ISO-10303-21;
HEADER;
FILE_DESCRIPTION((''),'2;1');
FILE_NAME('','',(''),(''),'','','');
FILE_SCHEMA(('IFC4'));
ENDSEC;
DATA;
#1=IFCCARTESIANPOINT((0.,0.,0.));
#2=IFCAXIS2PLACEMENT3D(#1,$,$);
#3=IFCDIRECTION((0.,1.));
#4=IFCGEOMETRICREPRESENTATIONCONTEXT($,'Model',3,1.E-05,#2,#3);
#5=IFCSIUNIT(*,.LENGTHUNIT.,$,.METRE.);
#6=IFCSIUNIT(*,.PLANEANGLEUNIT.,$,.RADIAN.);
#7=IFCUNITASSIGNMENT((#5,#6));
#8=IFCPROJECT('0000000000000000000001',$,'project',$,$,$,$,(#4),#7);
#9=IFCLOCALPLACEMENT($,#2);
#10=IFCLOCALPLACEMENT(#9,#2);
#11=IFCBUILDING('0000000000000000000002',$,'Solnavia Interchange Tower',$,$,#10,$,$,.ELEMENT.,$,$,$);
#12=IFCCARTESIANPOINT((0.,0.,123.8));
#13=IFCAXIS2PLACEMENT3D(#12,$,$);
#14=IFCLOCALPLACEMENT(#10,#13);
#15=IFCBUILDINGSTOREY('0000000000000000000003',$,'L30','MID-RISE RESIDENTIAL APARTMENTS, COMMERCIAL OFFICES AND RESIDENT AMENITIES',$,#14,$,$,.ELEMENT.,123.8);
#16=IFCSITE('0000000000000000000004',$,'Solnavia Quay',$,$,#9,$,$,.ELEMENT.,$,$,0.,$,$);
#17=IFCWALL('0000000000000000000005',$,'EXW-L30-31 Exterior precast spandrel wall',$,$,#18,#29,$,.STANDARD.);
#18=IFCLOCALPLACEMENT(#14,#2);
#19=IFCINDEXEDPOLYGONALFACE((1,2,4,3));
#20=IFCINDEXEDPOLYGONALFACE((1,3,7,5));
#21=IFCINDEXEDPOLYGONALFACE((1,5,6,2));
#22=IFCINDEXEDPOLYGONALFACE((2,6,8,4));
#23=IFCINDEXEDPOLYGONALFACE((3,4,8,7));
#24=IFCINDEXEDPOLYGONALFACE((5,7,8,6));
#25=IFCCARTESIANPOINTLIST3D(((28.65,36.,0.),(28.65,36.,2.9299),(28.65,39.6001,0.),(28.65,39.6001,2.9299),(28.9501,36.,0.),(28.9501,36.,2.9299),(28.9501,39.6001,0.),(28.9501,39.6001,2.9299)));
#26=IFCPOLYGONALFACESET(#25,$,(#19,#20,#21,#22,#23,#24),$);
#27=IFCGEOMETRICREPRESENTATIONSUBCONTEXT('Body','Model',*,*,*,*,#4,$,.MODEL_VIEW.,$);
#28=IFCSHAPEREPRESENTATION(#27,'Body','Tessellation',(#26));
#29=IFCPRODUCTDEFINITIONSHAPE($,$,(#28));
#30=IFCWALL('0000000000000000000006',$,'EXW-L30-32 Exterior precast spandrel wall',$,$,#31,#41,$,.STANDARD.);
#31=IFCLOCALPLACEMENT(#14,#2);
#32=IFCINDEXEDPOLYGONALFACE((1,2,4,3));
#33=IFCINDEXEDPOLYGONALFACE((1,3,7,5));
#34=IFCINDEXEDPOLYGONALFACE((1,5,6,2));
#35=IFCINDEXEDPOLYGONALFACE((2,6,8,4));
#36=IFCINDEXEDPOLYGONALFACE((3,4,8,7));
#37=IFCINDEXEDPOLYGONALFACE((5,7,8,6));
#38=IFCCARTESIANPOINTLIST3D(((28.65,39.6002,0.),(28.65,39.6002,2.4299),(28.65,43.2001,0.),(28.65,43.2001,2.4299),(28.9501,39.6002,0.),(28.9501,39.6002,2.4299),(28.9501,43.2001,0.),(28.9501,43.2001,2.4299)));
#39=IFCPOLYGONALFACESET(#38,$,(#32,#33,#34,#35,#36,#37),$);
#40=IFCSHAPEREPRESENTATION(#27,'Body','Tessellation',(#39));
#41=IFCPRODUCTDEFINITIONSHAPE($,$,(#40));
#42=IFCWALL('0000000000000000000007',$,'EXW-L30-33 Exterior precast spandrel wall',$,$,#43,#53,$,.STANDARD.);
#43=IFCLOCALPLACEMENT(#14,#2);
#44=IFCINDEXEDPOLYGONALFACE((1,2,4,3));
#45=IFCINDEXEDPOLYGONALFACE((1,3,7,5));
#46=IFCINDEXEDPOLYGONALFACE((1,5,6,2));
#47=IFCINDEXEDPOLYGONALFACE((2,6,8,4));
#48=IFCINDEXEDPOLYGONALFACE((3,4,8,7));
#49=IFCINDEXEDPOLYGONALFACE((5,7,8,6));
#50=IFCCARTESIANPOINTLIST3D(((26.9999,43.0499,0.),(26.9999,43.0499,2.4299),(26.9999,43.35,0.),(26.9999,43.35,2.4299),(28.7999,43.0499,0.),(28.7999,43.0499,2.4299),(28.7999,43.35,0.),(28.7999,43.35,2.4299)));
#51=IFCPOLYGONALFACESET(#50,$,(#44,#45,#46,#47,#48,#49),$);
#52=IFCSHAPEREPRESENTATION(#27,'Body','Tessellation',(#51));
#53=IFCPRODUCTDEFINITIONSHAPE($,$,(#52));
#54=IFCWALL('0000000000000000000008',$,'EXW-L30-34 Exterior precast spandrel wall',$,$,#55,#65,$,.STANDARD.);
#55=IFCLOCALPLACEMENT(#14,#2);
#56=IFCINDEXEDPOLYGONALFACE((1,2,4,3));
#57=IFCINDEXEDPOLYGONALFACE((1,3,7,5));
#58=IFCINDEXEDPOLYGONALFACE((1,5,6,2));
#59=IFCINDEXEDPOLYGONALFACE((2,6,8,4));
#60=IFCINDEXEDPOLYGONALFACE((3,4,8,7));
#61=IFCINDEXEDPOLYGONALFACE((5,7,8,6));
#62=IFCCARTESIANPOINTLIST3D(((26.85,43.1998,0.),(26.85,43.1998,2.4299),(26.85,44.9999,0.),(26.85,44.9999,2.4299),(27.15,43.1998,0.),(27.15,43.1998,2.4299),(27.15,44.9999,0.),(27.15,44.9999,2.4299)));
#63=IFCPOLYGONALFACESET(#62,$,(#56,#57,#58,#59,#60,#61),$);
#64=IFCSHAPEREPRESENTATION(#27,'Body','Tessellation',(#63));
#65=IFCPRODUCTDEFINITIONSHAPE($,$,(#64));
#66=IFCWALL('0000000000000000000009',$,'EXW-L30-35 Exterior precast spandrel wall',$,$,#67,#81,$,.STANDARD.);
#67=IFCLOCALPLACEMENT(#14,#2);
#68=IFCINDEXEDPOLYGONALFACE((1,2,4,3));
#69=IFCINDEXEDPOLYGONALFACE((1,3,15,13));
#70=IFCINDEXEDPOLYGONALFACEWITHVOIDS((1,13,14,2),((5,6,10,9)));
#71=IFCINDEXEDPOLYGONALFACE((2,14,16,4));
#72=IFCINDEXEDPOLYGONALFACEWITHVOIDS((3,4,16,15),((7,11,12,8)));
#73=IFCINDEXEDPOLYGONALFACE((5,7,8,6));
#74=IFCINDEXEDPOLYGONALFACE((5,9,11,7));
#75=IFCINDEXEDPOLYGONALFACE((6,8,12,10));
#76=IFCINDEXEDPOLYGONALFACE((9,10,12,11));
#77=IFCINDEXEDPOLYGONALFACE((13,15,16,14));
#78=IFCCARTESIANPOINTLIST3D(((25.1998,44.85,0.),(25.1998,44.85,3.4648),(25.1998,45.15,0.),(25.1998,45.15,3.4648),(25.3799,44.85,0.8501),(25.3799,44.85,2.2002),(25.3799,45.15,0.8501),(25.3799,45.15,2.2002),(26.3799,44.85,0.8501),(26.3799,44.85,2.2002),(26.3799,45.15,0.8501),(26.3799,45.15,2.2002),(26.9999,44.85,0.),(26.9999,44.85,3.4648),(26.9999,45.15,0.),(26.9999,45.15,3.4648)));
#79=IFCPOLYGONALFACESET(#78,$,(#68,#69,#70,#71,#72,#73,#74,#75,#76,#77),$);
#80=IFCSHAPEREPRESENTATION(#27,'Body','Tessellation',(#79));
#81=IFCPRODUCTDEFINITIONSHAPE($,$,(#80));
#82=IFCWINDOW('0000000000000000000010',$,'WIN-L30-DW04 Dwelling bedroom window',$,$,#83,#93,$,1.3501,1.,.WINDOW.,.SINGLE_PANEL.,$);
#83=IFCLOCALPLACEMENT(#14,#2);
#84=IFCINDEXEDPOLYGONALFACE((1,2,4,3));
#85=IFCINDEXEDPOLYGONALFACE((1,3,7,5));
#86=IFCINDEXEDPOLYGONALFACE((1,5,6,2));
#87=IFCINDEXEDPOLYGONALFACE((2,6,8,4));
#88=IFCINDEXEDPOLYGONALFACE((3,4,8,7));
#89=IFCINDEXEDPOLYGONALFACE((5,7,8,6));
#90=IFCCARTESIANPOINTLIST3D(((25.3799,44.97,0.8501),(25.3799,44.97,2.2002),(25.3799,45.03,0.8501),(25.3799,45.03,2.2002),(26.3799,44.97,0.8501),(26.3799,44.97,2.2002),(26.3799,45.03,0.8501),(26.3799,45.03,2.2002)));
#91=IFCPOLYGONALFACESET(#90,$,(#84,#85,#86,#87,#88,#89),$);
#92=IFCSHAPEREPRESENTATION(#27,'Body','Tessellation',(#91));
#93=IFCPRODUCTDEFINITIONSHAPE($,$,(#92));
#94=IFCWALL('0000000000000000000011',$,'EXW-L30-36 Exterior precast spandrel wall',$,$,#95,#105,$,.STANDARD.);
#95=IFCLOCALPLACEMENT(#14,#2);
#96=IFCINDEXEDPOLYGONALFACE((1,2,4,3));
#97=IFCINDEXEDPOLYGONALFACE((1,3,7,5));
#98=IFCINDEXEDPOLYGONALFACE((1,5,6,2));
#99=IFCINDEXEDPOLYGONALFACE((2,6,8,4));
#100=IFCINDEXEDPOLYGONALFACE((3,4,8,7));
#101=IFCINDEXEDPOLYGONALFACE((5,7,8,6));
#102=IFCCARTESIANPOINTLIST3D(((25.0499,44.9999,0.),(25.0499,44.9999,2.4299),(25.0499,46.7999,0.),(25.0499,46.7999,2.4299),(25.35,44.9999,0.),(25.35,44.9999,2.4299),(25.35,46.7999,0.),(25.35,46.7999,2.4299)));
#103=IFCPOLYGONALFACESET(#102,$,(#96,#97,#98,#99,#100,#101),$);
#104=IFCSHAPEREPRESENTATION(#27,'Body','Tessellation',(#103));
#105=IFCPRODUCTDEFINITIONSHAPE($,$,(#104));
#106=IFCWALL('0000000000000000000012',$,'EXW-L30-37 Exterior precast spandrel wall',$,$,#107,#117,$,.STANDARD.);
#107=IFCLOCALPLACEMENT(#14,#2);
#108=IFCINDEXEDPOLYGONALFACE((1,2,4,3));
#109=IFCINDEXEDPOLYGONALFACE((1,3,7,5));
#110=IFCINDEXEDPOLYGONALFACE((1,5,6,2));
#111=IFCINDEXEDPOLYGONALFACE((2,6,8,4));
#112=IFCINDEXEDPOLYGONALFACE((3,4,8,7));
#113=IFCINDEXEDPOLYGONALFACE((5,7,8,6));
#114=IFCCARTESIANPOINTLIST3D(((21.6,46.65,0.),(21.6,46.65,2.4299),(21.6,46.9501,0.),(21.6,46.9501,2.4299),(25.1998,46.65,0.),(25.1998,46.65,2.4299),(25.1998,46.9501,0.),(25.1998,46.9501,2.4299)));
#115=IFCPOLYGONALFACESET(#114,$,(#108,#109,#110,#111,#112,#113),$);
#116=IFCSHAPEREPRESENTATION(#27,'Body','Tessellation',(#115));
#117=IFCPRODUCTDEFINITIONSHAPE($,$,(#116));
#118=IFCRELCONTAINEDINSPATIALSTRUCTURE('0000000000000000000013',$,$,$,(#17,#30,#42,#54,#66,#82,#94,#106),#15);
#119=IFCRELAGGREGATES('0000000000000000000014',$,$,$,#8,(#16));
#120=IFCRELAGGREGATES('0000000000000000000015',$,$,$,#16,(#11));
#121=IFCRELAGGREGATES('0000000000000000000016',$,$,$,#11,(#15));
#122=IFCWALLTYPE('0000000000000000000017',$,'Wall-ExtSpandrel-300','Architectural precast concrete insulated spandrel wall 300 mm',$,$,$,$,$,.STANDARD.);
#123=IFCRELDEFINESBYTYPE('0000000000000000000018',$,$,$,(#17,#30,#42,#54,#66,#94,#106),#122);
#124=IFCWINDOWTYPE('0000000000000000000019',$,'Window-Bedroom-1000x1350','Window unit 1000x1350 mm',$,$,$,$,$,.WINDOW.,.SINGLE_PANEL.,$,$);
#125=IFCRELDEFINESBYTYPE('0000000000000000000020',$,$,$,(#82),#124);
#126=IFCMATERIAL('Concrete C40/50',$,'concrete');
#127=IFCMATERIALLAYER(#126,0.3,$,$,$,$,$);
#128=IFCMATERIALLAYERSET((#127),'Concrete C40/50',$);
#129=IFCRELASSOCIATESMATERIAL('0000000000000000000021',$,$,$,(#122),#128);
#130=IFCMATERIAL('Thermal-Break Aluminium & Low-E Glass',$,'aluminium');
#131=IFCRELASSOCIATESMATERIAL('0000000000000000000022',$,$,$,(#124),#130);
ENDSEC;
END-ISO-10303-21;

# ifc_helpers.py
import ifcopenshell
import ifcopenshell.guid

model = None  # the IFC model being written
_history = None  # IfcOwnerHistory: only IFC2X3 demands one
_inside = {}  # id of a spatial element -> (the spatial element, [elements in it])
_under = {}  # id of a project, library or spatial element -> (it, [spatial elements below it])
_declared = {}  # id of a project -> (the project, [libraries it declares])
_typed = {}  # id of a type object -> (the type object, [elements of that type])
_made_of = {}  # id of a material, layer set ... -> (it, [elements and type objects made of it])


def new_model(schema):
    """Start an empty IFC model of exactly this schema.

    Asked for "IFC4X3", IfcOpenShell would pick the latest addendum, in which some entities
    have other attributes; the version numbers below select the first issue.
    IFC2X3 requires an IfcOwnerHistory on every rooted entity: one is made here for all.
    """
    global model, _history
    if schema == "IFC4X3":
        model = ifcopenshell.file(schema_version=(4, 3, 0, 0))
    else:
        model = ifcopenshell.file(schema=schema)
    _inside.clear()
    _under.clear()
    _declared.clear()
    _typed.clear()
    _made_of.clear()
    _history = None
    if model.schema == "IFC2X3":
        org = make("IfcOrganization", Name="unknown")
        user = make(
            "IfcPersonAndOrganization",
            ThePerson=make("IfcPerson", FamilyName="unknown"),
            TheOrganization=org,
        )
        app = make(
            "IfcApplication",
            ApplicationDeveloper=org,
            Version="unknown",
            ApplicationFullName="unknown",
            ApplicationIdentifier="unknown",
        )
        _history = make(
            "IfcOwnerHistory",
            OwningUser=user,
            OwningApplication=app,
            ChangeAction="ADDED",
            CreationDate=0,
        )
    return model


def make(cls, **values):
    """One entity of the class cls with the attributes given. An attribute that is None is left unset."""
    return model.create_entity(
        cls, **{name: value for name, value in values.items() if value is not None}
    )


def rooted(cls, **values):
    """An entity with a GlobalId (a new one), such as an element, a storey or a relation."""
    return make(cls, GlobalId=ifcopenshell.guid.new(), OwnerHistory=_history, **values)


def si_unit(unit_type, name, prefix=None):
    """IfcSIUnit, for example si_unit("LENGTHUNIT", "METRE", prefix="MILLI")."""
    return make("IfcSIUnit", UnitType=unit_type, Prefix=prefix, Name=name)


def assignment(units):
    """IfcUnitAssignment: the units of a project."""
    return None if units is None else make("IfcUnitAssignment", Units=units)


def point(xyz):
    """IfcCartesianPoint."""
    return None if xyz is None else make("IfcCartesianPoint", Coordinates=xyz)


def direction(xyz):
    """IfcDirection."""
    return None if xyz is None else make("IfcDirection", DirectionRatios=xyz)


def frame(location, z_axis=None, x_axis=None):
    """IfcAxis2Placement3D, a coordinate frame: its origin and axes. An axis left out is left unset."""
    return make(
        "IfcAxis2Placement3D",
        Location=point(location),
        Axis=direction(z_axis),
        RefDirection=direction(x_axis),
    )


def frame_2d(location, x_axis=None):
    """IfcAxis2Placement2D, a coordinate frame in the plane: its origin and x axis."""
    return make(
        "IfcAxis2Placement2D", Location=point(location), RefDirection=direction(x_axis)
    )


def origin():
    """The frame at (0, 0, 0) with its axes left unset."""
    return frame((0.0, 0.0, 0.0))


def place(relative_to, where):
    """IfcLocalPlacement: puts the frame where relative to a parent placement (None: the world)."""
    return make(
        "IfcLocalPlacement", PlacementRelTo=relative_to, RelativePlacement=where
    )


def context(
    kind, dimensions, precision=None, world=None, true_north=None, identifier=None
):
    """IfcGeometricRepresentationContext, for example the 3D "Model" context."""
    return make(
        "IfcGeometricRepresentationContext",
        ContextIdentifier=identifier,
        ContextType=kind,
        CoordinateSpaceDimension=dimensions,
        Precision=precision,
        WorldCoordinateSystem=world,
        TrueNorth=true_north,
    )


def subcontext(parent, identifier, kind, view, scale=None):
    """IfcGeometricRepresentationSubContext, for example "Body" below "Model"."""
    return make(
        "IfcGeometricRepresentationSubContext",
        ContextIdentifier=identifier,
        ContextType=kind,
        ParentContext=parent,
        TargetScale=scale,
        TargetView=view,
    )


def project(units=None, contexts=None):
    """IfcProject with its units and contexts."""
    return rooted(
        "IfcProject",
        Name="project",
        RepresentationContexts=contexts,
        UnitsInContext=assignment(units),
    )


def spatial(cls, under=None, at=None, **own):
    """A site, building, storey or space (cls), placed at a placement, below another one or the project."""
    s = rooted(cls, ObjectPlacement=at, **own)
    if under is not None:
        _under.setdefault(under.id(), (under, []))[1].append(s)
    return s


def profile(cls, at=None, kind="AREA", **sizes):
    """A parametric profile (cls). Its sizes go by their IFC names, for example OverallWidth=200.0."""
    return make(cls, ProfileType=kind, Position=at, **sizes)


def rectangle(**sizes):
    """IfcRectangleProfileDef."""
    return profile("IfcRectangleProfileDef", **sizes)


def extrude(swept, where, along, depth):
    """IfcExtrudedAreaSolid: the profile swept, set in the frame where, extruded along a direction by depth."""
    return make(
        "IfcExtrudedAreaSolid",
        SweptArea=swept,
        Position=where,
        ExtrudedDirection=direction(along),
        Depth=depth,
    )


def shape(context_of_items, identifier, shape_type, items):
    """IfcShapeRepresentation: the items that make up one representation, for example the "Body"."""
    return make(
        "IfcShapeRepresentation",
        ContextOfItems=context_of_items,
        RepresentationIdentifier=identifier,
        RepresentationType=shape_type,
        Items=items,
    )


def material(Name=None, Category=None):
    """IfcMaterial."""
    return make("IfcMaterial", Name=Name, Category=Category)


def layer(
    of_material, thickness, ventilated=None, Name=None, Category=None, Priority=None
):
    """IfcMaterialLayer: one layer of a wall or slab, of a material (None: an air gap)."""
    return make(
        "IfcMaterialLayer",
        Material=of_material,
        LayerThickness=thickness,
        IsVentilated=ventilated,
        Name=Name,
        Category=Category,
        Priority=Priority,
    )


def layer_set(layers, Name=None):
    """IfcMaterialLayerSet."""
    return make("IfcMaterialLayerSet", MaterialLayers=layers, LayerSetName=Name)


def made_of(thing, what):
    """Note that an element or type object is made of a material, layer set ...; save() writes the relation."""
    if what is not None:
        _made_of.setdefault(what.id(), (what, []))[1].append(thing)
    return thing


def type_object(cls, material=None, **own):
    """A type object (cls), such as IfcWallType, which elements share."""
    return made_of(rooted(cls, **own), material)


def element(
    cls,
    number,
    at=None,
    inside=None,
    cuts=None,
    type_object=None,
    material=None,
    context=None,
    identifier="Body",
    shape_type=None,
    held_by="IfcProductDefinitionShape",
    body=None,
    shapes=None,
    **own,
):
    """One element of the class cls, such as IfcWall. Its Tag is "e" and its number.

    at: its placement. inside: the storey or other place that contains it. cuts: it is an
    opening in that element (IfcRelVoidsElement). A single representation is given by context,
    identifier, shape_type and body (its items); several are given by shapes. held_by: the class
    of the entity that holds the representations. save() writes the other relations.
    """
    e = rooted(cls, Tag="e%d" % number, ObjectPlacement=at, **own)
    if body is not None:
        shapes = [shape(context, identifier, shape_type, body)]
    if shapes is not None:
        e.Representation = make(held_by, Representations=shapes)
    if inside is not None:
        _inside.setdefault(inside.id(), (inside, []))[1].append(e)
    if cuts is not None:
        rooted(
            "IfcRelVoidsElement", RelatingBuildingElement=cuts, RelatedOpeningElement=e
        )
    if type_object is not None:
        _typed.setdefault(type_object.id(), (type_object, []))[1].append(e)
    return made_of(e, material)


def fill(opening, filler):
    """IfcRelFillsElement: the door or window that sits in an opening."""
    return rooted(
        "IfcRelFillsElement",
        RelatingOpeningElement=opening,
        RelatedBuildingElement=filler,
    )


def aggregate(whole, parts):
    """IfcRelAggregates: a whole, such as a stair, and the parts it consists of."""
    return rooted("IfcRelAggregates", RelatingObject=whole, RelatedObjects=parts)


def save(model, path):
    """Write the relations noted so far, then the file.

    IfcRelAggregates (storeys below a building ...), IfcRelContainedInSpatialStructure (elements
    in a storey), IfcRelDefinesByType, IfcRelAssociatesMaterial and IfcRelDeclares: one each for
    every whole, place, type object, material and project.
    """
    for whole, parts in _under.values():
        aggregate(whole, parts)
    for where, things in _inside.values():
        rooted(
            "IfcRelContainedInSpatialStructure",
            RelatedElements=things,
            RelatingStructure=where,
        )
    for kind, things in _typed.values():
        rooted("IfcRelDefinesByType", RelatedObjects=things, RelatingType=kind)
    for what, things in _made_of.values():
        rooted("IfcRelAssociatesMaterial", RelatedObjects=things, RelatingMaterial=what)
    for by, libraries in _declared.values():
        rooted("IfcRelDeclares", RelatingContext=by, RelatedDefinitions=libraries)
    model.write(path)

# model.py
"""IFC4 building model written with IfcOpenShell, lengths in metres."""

from ifc_helpers import new_model, si_unit, direction, frame, frame_2d, origin, place, context, subcontext, project, spatial, rectangle, extrude, material, layer, layer_set, type_object, element, fill, save


model = new_model("IFC4")

# Units and contexts
model_context = context("Model", 3, precision=1e-05, world=origin(), true_north=direction((0.0, 1.0)))
body_context = subcontext(model_context, "Body", "Model", "MODEL_VIEW")
ifc_project = project(units=[si_unit("LENGTHUNIT", "METRE"), si_unit("PLANEANGLEUNIT", "RADIAN")], contexts=[model_context])

# Site, building, storey
site_placement = place(None, origin())
site = spatial("IfcSite", under=ifc_project, at=site_placement, Name="Solnavia Quay", CompositionType="ELEMENT", RefElevation=0.0)
building_placement = place(site_placement, origin())
building = spatial("IfcBuilding", under=site, at=building_placement, Name="Solnavia Interchange Tower", CompositionType="ELEMENT")
storey_placement = place(building_placement, frame((0.0, 0.0, 123.8)))
storey = spatial("IfcBuildingStorey", under=building, at=storey_placement, Name="L30", Description="MID-RISE RESIDENTIAL APARTMENTS, COMMERCIAL OFFICES AND RESIDENT AMENITIES", CompositionType="ELEMENT", Elevation=123.8)

# Walls
ifc_material_1 = material(Name="Concrete C40/50", Category="concrete")
ifc_layer = layer(ifc_material_1, 0.3)
ifc_layer_set = layer_set([ifc_layer], Name="Concrete C40/50")
wall_type = type_object("IfcWallType", Name="Wall-ExtSpandrel-300", Description="Architectural precast concrete insulated spandrel wall 300 mm", PredefinedType="STANDARD", material=ifc_layer_set)
for number, where, z_axis, x_axis, name in (
    (1, (28.8, 39.6001, 0.0), (0.0, 0.0, 1.0), (0.0, -1.0, 0.0), "EXW-L30-31 Exterior precast spandrel wall"),
):
    element("IfcWall", number, at=place(storey_placement, frame(where, z_axis=z_axis, x_axis=x_axis)), inside=storey, type_object=wall_type, Name=name, PredefinedType="STANDARD", context=body_context, shape_type="SweptSolid", body=[
        extrude(rectangle(XDim=3.6001, YDim=0.3, at=frame_2d((1.8, 0.0))), origin(), (0.0, 0.0, 1.0), 2.9299),
    ])
wall_1_placement = place(storey_placement, frame((28.8, 43.2, 0.0), z_axis=(0.0, 0.0, 1.0), x_axis=(0.0, -1.0, 0.0)))
element("IfcWall", 2, at=wall_1_placement, inside=storey, type_object=wall_type, Name="EXW-L30-32 Exterior precast spandrel wall", PredefinedType="STANDARD", context=body_context, shape_type="SweptSolid", body=[
    extrude(rectangle(XDim=3.5999, YDim=0.3, at=frame_2d((1.7998, 0.0))), origin(), (0.0, 0.0, 1.0), 2.4299),
])
for number, where, z_axis, x_axis, name in (
    (3, (27.0, 43.2, 0.0), (0.0, 0.0, 1.0), (1.0, 0.0, 0.0), "EXW-L30-33 Exterior precast spandrel wall"),
    (4, (27.0, 43.2, 0.0), (0.0, 0.0, 1.0), (0.0, 1.0, 0.0), "EXW-L30-34 Exterior precast spandrel wall"),
):
    element("IfcWall", number, at=place(storey_placement, frame(where, z_axis=z_axis, x_axis=x_axis)), inside=storey, type_object=wall_type, Name=name, PredefinedType="STANDARD", context=body_context, shape_type="SweptSolid", body=[
        extrude(rectangle(XDim=1.8, YDim=0.3, at=frame_2d((0.8999, 0.0))), origin(), (0.0, 0.0, 1.0), 2.4299),
    ])

# Wall, opening, window
wall_2_placement = place(storey_placement, frame((25.2, 45.0, 0.0), z_axis=(0.0, 0.0, 1.0), x_axis=(1.0, 0.0, 0.0)))
wall_2 = element("IfcWall", 5, at=wall_2_placement, inside=storey, type_object=wall_type, Name="EXW-L30-35 Exterior precast spandrel wall", PredefinedType="STANDARD", context=body_context, shape_type="SweptSolid", body=[
    extrude(rectangle(XDim=1.8, YDim=0.3, at=frame_2d((0.8999, 0.0))), origin(), (0.0, 0.0, 1.0), 3.4648),
])
opening_placement = place(wall_2_placement, frame((0.1799, 0.0, 0.8501)))
opening = element("IfcOpeningElement", 6, at=opening_placement, cuts=wall_2, PredefinedType="OPENING", context=body_context, shape_type="SweptSolid", body=[
    extrude(rectangle(XDim=1.0, YDim=1.3501, at=frame_2d((0.5, 0.675))), frame((0.0, 0.1602, 0.0), z_axis=(0.0, -1.0, 0.0), x_axis=(1.0, 0.0, 0.0)), (0.0, 0.0, 1.0), 0.3201),
])
ifc_material_2 = material(Name="Thermal-Break Aluminium & Low-E Glass", Category="aluminium")
window_type = type_object("IfcWindowType", Name="Window-Bedroom-1000x1350", Description="Window unit 1000x1350 mm", PartitioningType="SINGLE_PANEL", PredefinedType="WINDOW", material=ifc_material_2)
window_placement = place(opening_placement, origin())
window = element("IfcWindow", 7, at=window_placement, inside=storey, type_object=window_type, Name="WIN-L30-DW04 Dwelling bedroom window", OverallHeight=1.3501, OverallWidth=1.0, PartitioningType="SINGLE_PANEL", PredefinedType="WINDOW", context=body_context, shape_type="SweptSolid", body=[
    extrude(rectangle(XDim=1.0, YDim=1.3501, at=frame_2d((0.5, 0.675))), frame((0.0, 0.03, 0.0), z_axis=(0.0, -1.0, 0.0), x_axis=(1.0, 0.0, 0.0)), (0.0, 0.0, 1.0), 0.0601),
])
fill(opening, window)

# Walls
wall_3_placement = place(storey_placement, frame((25.2, 45.0, 0.0), z_axis=(0.0, 0.0, 1.0), x_axis=(0.0, 1.0, 0.0)))
element("IfcWall", 8, at=wall_3_placement, inside=storey, type_object=wall_type, Name="EXW-L30-36 Exterior precast spandrel wall", PredefinedType="STANDARD", context=body_context, shape_type="SweptSolid", body=[
    extrude(rectangle(XDim=1.8, YDim=0.3, at=frame_2d((0.8999, 0.0))), origin(), (0.0, 0.0, 1.0), 2.4299),
])
wall_4_placement = place(storey_placement, frame((21.6001, 46.8, 0.0), z_axis=(0.0, 0.0, 1.0), x_axis=(1.0, 0.0, 0.0)))
element("IfcWall", 9, at=wall_4_placement, inside=storey, type_object=wall_type, Name="EXW-L30-37 Exterior precast spandrel wall", PredefinedType="STANDARD", context=body_context, shape_type="SweptSolid", body=[
    extrude(rectangle(XDim=3.5999, YDim=0.3, at=frame_2d((1.7998, 0.0))), origin(), (0.0, 0.0, 1.0), 2.4299),
])

save(model, "model.ifc")
